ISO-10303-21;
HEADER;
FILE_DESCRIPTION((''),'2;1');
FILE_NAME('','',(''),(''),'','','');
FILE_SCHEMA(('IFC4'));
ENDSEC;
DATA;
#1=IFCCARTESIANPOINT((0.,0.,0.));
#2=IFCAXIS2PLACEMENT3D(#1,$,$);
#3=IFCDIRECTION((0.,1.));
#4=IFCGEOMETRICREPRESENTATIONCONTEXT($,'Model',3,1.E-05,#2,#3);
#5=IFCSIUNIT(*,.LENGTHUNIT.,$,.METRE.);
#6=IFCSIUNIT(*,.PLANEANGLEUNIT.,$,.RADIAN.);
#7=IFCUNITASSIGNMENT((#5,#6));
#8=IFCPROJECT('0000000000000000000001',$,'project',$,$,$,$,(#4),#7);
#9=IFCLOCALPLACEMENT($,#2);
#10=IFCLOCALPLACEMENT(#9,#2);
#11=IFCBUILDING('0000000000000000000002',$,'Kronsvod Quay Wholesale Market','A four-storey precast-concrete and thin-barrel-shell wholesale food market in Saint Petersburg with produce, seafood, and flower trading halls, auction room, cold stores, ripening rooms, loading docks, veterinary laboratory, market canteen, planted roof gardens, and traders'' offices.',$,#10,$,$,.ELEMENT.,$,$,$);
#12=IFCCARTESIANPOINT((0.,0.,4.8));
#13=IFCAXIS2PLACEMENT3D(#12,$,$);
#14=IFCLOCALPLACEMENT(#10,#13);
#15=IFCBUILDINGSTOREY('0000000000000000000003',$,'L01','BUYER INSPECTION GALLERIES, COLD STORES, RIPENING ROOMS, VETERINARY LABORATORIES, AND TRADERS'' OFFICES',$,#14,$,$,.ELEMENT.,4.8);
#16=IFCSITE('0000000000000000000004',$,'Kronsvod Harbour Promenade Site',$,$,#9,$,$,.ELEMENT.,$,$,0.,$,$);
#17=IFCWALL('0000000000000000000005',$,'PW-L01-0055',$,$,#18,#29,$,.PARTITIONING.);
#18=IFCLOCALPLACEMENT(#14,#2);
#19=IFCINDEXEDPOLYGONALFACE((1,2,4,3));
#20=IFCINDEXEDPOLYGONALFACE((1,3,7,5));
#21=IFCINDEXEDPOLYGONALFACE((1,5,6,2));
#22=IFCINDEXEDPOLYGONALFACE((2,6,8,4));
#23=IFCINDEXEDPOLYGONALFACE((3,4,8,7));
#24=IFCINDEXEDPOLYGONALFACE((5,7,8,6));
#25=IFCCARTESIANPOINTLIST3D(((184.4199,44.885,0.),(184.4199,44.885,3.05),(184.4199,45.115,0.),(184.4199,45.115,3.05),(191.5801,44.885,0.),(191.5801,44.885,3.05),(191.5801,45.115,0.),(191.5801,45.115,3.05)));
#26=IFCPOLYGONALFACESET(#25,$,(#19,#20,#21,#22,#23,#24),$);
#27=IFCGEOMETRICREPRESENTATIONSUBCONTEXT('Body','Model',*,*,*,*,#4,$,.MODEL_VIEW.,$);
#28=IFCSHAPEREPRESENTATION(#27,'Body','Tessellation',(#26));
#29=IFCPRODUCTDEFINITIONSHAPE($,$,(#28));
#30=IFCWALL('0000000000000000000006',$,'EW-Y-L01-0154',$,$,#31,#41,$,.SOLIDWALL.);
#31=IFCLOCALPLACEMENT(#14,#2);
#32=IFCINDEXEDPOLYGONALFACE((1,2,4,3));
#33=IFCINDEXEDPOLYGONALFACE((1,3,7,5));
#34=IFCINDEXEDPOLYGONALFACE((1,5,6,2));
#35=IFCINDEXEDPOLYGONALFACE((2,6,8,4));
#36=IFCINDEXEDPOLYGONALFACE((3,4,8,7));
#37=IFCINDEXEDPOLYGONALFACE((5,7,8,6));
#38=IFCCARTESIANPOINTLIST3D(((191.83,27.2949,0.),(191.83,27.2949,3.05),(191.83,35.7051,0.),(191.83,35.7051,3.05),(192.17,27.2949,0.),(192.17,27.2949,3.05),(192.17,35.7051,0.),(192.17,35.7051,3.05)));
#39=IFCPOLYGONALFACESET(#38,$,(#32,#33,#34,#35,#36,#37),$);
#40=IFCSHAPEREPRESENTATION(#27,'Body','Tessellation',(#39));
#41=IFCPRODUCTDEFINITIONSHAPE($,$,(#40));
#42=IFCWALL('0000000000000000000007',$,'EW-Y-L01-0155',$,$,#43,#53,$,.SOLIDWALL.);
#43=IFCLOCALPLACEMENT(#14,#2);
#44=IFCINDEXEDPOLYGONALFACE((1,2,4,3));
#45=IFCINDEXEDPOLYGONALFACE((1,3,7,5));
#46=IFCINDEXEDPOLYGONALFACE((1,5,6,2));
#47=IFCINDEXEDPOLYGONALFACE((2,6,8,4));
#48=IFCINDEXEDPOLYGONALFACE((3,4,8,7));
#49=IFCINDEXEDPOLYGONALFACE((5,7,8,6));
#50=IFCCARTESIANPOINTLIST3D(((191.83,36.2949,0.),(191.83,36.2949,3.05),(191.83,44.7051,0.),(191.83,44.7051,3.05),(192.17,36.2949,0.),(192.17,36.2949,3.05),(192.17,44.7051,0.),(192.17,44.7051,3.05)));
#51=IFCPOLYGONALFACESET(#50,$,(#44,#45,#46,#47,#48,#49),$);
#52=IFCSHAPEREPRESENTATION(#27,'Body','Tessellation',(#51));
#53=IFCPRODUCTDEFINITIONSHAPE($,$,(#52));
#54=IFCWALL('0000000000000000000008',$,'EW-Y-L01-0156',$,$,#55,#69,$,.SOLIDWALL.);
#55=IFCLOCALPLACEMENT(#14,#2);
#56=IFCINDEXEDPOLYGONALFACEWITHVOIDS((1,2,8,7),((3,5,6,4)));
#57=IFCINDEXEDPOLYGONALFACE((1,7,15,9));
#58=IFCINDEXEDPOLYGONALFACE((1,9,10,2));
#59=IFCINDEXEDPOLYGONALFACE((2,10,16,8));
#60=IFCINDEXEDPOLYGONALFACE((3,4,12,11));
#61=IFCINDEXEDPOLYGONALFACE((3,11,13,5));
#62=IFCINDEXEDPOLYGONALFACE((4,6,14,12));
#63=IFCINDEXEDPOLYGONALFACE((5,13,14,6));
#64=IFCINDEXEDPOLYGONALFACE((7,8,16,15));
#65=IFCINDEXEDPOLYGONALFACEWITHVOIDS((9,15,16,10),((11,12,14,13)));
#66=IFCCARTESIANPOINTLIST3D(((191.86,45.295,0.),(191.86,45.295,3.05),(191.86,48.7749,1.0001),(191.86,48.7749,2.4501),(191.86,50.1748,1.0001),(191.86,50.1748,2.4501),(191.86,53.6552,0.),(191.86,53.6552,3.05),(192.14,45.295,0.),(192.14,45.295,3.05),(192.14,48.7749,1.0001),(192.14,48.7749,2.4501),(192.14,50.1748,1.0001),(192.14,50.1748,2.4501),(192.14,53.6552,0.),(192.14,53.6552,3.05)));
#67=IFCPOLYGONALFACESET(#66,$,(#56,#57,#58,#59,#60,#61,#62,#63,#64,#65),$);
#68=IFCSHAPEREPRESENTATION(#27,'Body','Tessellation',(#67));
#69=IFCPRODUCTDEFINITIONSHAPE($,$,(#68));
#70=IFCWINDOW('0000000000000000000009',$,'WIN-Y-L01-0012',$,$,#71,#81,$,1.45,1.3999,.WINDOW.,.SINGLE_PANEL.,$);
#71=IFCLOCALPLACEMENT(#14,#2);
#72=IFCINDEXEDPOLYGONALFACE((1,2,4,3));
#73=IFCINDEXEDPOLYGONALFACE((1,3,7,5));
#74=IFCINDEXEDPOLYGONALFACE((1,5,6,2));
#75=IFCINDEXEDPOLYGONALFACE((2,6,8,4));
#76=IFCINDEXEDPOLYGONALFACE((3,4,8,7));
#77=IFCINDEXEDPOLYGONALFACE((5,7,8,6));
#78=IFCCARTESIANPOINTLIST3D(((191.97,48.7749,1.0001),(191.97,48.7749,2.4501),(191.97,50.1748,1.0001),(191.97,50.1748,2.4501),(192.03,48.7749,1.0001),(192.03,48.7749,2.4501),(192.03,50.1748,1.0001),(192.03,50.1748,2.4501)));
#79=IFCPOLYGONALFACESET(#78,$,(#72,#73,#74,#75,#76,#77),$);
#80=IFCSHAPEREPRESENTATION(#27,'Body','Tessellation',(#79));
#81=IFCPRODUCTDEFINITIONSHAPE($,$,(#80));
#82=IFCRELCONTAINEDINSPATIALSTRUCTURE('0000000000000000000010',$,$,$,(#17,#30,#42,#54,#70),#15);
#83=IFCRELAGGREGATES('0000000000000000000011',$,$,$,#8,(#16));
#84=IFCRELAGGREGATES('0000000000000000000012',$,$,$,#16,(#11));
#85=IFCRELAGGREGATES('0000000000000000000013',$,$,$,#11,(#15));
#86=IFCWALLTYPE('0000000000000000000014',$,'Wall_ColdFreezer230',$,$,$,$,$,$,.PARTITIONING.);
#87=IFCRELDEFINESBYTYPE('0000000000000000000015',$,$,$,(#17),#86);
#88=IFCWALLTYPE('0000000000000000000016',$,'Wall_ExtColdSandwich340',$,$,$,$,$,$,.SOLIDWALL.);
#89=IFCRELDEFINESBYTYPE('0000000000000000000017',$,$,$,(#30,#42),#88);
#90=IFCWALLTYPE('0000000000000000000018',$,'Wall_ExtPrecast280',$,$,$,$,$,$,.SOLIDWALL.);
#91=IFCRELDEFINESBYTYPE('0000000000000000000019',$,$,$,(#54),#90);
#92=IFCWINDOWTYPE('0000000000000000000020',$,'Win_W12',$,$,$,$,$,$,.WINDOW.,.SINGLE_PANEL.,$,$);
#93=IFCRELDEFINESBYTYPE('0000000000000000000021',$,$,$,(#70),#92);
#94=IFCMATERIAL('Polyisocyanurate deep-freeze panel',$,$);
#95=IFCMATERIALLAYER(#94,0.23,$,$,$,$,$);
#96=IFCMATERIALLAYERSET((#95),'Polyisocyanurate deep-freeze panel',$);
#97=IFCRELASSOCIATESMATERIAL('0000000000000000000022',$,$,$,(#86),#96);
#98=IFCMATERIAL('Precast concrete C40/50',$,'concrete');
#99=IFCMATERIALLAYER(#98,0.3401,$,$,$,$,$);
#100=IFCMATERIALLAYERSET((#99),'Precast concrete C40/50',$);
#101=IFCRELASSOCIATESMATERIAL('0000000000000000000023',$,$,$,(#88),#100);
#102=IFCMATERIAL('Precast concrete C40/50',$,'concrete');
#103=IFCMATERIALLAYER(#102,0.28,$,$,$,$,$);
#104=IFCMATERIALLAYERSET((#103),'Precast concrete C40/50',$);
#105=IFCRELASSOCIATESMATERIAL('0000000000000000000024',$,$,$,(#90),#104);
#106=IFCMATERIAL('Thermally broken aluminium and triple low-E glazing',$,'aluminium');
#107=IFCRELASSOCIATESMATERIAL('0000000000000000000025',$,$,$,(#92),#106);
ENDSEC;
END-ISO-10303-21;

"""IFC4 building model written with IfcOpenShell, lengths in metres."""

from ifc_helpers import new_model, si_unit, direction, frame, frame_2d, origin, place, context, subcontext, project, spatial, rectangle, extrude, material, layer, layer_set, type_object, element, fill, save


model = new_model("IFC4")

# Units and contexts
model_context = context("Model", 3, precision=1e-05, world=origin(), true_north=direction((0.0, 1.0)))
body_context = subcontext(model_context, "Body", "Model", "MODEL_VIEW")
ifc_project = project(units=[si_unit("LENGTHUNIT", "METRE"), si_unit("PLANEANGLEUNIT", "RADIAN")], contexts=[model_context])

# Site, building, storey
site_placement = place(None, origin())
site = spatial("IfcSite", under=ifc_project, at=site_placement, Name="Kronsvod Harbour Promenade Site", CompositionType="ELEMENT", RefElevation=0.0)
building_placement = place(site_placement, origin())
building = spatial("IfcBuilding", under=site, at=building_placement, Name="Kronsvod Quay Wholesale Market", Description="A four-storey precast-concrete and thin-barrel-shell wholesale food market in Saint Petersburg with produce, seafood, and flower trading halls, auction room, cold stores, ripening rooms, loading docks, veterinary laboratory, market canteen, planted roof gardens, and traders' offices.", CompositionType="ELEMENT")
storey_placement = place(building_placement, frame((0.0, 0.0, 4.8)))
storey = spatial("IfcBuildingStorey", under=building, at=storey_placement, Name="L01", Description="BUYER INSPECTION GALLERIES, COLD STORES, RIPENING ROOMS, VETERINARY LABORATORIES, AND TRADERS' OFFICES", CompositionType="ELEMENT", Elevation=4.8)

# Walls
ifc_material_1 = material(Name="Polyisocyanurate deep-freeze panel")
ifc_layer_1 = layer(ifc_material_1, 0.23)
ifc_layer_set_1 = layer_set([ifc_layer_1], Name="Polyisocyanurate deep-freeze panel")
wall_type_1 = type_object("IfcWallType", Name="Wall_ColdFreezer230", PredefinedType="PARTITIONING", material=ifc_layer_set_1)
for number, where, z_axis, x_axis, name in (
    (1, (184.4199, 45.0, 0.0), (0.0, 0.0, 1.0), (1.0, 0.0, 0.0), "PW-L01-0055"),
):
    element("IfcWall", number, at=place(storey_placement, frame(where, z_axis=z_axis, x_axis=x_axis)), inside=storey, type_object=wall_type_1, Name=name, PredefinedType="PARTITIONING", context=body_context, shape_type="SweptSolid", body=[
        extrude(rectangle(XDim=7.1602, YDim=0.23, at=frame_2d((3.5801, 0.0))), origin(), (0.0, 0.0, 1.0), 3.05),
    ])
ifc_material_2 = material(Name="Precast concrete C40/50", Category="concrete")
ifc_layer_2 = layer(ifc_material_2, 0.3401)
ifc_layer_set_2 = layer_set([ifc_layer_2], Name="Precast concrete C40/50")
wall_type_2 = type_object("IfcWallType", Name="Wall_ExtColdSandwich340", PredefinedType="SOLIDWALL", material=ifc_layer_set_2)
for number, where, z_axis, x_axis, name in (
    (2, (192.0, 27.2949, 0.0), (0.0, 0.0, 1.0), (0.0, 1.0, 0.0), "EW-Y-L01-0154"),
    (3, (192.0, 36.2949, 0.0), (0.0, 0.0, 1.0), (0.0, 1.0, 0.0), "EW-Y-L01-0155"),
):
    element("IfcWall", number, at=place(storey_placement, frame(where, z_axis=z_axis, x_axis=x_axis)), inside=storey, type_object=wall_type_2, Name=name, PredefinedType="SOLIDWALL", context=body_context, shape_type="SweptSolid", body=[
        extrude(rectangle(XDim=8.4102, YDim=0.3401, at=frame_2d((4.2051, 0.0))), origin(), (0.0, 0.0, 1.0), 3.05),
    ])

# Wall, opening, window
ifc_material_3 = material(Name="Precast concrete C40/50", Category="concrete")
ifc_layer_3 = layer(ifc_material_3, 0.28)
ifc_layer_set_3 = layer_set([ifc_layer_3], Name="Precast concrete C40/50")
wall_type_3 = type_object("IfcWallType", Name="Wall_ExtPrecast280", PredefinedType="SOLIDWALL", material=ifc_layer_set_3)
wall_placement = place(storey_placement, frame((192.0, 45.2949, 0.0), z_axis=(0.0, 0.0, 1.0), x_axis=(0.0, 1.0, 0.0)))
wall = element("IfcWall", 4, at=wall_placement, inside=storey, type_object=wall_type_3, Name="EW-Y-L01-0156", PredefinedType="SOLIDWALL", context=body_context, shape_type="SweptSolid", body=[
    extrude(rectangle(XDim=8.3601, YDim=0.28, at=frame_2d((4.1802, 0.0))), origin(), (0.0, 0.0, 1.0), 3.05),
])
opening_placement = place(wall_placement, frame((3.48, 0.0, 1.0)))
opening = element("IfcOpeningElement", 5, at=opening_placement, cuts=wall, PredefinedType="OPENING", context=body_context, shape_type="SweptSolid", body=[
    extrude(rectangle(XDim=1.3999, YDim=1.45, at=frame_2d((0.7, 0.7251))), frame((0.0, 0.1499, 0.0), z_axis=(0.0, -1.0, 0.0), x_axis=(1.0, 0.0, 0.0)), (0.0, 0.0, 1.0), 0.3),
])
ifc_material_4 = material(Name="Thermally broken aluminium and triple low-E glazing", Category="aluminium")
window_type = type_object("IfcWindowType", Name="Win_W12", PartitioningType="SINGLE_PANEL", PredefinedType="WINDOW", material=ifc_material_4)
window_placement = place(opening_placement, origin())
window = element("IfcWindow", 6, at=window_placement, inside=storey, type_object=window_type, Name="WIN-Y-L01-0012", OverallHeight=1.45, OverallWidth=1.3999, PartitioningType="SINGLE_PANEL", PredefinedType="WINDOW", context=body_context, shape_type="SweptSolid", body=[
    extrude(rectangle(XDim=1.3999, YDim=1.45, at=frame_2d((0.7, 0.7251))), frame((0.0, 0.03, 0.0), z_axis=(0.0, -1.0, 0.0), x_axis=(1.0, 0.0, 0.0)), (0.0, 0.0, 1.0), 0.0601),
])
fill(opening, window)

save(model, "model.ifc")
